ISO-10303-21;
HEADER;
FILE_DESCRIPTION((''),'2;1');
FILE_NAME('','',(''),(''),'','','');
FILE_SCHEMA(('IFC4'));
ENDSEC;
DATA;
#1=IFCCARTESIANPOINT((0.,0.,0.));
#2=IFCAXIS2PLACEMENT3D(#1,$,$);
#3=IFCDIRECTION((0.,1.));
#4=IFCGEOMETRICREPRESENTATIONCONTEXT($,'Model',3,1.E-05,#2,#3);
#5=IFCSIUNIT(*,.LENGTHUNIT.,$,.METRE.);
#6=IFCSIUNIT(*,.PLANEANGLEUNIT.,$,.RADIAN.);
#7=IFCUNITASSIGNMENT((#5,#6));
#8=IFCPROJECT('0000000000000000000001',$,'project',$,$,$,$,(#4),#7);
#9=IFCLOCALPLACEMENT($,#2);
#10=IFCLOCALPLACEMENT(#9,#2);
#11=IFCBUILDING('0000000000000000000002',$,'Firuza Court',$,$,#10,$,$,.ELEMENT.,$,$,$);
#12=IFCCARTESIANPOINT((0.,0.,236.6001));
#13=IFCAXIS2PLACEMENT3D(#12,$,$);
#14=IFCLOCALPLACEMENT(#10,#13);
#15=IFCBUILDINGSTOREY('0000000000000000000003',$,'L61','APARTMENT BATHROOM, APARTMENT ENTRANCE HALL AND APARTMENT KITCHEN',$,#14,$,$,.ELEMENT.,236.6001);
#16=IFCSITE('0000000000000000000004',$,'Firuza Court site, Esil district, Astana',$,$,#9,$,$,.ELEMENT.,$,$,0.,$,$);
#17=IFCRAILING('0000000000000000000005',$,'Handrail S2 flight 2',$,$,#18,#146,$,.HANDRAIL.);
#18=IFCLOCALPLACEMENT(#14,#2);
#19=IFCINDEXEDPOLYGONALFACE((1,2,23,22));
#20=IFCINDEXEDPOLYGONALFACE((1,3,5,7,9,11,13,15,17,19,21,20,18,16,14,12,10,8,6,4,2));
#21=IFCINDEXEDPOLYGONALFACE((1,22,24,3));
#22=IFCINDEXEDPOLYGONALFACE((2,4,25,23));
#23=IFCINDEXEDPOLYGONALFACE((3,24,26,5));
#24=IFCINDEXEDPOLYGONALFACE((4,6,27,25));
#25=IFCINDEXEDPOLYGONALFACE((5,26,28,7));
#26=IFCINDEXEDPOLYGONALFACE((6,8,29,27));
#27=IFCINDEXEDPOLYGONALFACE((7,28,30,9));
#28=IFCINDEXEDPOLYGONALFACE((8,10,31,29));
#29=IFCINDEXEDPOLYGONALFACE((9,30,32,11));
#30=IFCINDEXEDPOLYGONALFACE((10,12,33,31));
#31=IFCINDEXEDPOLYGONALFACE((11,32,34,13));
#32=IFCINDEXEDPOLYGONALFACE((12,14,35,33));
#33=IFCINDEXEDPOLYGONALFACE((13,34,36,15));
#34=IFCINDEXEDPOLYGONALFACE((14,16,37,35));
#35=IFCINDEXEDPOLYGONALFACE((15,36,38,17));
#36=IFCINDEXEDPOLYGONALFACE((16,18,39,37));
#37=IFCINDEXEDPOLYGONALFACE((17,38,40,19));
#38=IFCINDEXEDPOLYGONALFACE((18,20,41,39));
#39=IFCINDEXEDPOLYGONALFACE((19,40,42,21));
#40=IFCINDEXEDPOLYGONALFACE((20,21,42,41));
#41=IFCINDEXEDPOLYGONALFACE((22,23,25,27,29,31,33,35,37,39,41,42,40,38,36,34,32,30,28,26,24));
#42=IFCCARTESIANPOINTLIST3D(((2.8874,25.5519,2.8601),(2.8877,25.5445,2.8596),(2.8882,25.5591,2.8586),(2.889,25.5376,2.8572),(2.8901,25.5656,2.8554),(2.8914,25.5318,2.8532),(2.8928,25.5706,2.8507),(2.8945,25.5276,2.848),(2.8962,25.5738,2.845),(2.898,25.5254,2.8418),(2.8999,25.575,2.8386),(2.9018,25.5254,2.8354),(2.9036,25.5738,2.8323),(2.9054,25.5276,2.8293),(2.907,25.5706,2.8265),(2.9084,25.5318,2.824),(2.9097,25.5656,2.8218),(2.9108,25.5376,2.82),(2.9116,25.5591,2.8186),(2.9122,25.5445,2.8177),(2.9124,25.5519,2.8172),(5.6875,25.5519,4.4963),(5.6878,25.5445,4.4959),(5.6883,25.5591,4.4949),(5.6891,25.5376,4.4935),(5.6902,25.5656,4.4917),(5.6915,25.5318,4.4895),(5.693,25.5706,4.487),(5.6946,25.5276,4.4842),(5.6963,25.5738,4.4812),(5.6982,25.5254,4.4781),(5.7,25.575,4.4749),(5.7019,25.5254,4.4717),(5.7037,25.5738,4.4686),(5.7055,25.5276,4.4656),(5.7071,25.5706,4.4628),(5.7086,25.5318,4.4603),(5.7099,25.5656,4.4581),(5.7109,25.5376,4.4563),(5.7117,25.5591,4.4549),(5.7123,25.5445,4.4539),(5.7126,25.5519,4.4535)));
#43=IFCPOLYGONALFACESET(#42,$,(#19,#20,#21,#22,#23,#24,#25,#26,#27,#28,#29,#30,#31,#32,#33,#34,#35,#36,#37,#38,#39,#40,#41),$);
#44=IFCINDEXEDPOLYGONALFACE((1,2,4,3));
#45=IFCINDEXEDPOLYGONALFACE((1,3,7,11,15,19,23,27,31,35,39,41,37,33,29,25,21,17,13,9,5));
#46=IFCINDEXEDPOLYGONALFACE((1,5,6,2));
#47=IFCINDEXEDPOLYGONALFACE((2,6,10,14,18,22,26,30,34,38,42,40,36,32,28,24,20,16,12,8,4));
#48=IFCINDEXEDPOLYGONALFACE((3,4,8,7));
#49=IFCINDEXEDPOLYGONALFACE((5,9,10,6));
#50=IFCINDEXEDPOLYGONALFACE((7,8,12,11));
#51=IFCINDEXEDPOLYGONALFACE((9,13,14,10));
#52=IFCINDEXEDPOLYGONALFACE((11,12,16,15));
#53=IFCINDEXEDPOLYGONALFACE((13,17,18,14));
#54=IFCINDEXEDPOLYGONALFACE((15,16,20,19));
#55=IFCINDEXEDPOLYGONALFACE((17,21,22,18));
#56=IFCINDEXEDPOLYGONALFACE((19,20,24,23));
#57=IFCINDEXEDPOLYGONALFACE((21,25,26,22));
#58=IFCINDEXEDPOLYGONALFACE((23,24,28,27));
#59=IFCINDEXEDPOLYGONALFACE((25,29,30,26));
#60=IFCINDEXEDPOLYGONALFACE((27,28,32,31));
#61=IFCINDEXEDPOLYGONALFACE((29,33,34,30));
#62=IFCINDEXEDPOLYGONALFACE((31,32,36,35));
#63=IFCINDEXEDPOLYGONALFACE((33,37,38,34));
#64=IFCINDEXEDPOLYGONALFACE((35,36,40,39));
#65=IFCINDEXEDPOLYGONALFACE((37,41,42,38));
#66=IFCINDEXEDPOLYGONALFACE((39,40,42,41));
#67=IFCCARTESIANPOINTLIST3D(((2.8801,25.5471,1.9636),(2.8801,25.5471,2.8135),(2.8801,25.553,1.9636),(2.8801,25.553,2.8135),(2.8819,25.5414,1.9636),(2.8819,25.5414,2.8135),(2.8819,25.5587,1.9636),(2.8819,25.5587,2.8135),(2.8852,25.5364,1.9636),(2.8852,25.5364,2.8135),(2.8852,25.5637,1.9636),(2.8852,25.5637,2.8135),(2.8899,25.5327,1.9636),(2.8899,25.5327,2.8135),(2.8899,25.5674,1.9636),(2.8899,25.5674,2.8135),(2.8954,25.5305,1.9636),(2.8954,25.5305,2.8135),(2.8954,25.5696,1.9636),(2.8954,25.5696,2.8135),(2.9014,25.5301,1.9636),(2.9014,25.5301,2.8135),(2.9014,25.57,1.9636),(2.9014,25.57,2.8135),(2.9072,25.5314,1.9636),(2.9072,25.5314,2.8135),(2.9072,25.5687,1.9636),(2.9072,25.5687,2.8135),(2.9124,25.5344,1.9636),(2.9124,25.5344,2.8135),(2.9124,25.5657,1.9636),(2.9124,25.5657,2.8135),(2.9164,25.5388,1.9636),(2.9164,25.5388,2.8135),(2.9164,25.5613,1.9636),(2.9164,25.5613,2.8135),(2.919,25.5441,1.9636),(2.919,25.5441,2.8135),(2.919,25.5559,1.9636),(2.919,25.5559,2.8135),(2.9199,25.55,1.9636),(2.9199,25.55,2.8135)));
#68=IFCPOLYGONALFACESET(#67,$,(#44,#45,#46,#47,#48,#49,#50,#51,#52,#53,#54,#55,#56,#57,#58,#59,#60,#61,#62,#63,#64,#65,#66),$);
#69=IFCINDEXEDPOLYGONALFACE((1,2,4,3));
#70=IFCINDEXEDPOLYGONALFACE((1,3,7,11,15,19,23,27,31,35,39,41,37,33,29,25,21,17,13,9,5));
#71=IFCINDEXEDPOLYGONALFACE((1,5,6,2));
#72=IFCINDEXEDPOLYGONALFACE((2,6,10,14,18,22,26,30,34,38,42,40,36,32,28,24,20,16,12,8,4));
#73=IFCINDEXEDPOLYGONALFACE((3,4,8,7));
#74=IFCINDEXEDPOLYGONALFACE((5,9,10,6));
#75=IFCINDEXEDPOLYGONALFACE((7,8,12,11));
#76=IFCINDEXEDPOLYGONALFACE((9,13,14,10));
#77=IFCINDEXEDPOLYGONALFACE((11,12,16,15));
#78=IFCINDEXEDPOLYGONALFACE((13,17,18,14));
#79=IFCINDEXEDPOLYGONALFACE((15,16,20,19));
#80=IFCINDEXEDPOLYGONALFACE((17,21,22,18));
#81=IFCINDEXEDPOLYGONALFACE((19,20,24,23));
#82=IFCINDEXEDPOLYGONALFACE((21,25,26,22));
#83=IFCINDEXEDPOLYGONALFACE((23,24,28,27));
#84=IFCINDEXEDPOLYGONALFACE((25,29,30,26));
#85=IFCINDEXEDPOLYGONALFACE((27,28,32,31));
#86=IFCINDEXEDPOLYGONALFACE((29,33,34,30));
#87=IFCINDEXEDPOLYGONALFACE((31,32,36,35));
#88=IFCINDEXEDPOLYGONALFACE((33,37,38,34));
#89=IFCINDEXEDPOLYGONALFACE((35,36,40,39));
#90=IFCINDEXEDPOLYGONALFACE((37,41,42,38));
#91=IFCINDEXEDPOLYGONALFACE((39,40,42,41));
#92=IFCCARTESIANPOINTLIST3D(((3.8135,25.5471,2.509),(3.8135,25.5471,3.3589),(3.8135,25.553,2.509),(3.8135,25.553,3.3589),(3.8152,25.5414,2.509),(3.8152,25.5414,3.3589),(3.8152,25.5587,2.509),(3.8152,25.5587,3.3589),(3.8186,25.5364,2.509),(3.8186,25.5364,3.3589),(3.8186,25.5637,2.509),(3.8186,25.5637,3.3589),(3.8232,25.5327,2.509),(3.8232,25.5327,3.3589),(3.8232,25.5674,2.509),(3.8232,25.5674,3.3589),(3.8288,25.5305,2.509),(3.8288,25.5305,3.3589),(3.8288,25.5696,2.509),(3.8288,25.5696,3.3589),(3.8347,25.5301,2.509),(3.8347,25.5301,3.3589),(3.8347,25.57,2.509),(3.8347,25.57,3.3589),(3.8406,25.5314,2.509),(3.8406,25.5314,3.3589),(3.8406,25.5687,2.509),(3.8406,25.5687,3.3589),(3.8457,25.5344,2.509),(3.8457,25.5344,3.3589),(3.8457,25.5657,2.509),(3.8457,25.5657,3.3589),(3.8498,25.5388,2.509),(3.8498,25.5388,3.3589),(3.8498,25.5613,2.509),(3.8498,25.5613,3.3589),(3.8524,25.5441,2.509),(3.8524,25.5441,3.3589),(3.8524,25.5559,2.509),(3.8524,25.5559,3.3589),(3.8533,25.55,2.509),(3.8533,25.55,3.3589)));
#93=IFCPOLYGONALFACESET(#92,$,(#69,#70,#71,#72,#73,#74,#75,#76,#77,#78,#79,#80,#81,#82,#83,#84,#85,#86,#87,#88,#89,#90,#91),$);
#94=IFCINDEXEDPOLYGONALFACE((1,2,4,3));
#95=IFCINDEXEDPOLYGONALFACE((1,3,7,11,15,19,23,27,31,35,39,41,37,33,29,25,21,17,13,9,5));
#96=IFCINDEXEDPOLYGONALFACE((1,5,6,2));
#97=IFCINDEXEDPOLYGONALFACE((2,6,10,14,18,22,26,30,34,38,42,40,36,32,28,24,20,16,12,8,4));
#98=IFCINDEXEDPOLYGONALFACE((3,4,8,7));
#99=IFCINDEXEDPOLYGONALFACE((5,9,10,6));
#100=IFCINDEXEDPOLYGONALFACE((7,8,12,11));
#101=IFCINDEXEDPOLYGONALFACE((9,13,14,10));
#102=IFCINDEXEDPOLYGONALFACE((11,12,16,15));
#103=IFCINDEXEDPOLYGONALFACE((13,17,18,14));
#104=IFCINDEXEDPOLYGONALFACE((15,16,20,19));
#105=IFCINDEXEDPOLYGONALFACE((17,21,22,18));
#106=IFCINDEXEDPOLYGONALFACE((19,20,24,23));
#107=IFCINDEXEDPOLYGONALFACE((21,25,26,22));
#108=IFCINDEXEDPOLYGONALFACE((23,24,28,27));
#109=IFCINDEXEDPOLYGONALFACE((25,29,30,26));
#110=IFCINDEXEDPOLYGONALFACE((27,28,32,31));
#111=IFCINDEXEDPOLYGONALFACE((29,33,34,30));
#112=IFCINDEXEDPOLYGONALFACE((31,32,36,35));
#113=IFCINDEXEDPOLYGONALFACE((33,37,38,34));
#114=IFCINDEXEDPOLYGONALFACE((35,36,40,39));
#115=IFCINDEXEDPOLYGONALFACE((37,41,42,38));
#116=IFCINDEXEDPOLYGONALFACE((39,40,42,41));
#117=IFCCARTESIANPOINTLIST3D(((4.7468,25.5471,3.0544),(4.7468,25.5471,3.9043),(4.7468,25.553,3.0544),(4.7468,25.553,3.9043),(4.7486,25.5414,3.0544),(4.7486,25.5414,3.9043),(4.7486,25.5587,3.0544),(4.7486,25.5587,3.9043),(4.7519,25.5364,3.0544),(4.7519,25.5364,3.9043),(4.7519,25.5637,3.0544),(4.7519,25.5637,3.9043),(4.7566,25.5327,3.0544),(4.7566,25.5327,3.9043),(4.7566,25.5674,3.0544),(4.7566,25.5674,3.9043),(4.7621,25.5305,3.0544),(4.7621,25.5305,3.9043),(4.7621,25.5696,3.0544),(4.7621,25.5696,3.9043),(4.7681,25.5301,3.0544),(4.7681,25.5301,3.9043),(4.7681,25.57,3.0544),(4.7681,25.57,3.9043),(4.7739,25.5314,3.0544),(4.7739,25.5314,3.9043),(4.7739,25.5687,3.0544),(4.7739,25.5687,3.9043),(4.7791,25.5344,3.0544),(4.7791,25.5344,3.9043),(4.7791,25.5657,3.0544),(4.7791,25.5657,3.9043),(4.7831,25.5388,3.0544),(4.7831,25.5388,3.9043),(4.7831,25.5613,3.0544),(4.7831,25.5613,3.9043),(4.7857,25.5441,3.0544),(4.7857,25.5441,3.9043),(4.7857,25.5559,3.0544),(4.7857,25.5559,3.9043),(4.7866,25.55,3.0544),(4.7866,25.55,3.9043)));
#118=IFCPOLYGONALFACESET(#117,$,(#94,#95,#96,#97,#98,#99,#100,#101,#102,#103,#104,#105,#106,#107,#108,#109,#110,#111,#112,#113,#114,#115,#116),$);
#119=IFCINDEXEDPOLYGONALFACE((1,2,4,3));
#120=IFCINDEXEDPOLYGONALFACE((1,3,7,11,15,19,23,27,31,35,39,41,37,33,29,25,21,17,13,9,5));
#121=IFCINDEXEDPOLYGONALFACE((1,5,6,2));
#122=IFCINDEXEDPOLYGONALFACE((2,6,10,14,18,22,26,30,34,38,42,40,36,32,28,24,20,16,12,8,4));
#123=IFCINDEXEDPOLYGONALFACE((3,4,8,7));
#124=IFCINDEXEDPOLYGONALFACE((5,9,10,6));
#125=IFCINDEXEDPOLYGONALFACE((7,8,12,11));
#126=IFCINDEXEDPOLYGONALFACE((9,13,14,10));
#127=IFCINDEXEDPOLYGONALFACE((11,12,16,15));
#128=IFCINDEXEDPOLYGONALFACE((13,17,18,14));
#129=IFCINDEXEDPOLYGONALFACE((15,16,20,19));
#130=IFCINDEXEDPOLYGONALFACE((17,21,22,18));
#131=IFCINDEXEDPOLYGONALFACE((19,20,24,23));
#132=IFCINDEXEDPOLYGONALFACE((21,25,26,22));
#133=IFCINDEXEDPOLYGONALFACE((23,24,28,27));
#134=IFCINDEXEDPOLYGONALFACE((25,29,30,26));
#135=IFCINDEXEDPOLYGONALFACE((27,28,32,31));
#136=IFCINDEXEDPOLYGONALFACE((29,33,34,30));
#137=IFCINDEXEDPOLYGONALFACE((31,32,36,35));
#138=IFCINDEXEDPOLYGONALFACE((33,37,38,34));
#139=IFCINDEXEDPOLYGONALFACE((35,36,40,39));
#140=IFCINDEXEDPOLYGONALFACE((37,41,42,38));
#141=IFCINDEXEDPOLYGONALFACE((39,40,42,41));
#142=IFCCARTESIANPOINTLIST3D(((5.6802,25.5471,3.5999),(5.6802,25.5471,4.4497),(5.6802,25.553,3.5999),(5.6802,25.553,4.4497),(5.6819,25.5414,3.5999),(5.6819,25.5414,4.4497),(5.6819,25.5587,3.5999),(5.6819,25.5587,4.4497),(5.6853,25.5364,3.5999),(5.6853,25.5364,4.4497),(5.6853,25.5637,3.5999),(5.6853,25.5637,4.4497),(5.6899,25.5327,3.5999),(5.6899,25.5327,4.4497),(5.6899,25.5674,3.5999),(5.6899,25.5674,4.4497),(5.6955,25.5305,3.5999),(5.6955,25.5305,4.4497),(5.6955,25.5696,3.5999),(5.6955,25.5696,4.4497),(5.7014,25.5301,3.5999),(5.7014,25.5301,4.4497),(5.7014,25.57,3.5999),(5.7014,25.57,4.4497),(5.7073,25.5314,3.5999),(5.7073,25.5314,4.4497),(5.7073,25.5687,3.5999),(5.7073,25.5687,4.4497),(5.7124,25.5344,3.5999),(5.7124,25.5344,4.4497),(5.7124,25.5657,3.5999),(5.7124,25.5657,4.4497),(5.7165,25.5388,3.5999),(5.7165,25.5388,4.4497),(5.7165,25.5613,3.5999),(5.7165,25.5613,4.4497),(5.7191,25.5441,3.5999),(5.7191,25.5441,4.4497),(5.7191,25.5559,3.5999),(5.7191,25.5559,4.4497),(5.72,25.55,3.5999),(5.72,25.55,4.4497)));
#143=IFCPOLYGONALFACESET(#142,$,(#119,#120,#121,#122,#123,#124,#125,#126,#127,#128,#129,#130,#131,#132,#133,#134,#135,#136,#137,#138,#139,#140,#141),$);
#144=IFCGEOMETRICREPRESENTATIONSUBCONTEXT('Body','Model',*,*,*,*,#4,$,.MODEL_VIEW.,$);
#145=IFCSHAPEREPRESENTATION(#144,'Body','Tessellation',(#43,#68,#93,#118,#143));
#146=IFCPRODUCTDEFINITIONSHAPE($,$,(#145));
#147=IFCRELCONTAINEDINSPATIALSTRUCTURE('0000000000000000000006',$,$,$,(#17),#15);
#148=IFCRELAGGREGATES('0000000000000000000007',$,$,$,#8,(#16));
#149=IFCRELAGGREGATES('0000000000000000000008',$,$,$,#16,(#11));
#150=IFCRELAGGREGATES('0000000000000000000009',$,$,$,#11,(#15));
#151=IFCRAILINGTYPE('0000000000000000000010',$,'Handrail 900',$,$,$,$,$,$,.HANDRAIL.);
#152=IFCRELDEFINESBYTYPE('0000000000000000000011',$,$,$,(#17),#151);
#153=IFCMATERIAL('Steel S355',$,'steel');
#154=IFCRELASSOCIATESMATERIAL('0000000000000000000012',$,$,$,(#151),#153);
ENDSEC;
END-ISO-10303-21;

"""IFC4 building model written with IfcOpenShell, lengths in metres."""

from ifc_helpers import new_model, si_unit, direction, frame, origin, origin_2d, place, context, subcontext, project, spatial, circle, extrude, material, type_object, element, save


model = new_model("IFC4")

# Units and contexts
model_context = context("Model", 3, precision=1e-05, world=origin(), true_north=direction((0.0, 1.0)))
body_context = subcontext(model_context, "Body", "Model", "MODEL_VIEW")
ifc_project = project(units=[si_unit("LENGTHUNIT", "METRE"), si_unit("PLANEANGLEUNIT", "RADIAN")], contexts=[model_context])

# Site, building, storey
site_placement = place(None, origin())
site = spatial("IfcSite", under=ifc_project, at=site_placement, Name="Firuza Court site, Esil district, Astana", CompositionType="ELEMENT", RefElevation=0.0)
building_placement = place(site_placement, origin())
building = spatial("IfcBuilding", under=site, at=building_placement, Name="Firuza Court", CompositionType="ELEMENT")
storey_placement = place(building_placement, frame((0.0, 0.0, 236.6001)))
storey = spatial("IfcBuildingStorey", under=building, at=storey_placement, Name="L61", Description="APARTMENT BATHROOM, APARTMENT ENTRANCE HALL AND APARTMENT KITCHEN", CompositionType="ELEMENT", Elevation=236.6001)

# Railing
ifc_material_1 = material(Name="Steel S355", Category="steel")
railing_type = type_object("IfcRailingType", Name="Handrail 900", PredefinedType="HANDRAIL", material=ifc_material_1)
railing_placement = place(storey_placement, frame((2.8999, 25.55, 1.9636)))
element("IfcRailing", 1, at=railing_placement, inside=storey, type_object=railing_type, Name="Handrail S2 flight 2", PredefinedType="HANDRAIL", context=body_context, shape_type="SweptSolid", body=[
    extrude(circle(Radius=0.0249, at=origin_2d()), frame((0.0, 0.0, 0.875), z_axis=(0.863394, 0.0, 0.504531), x_axis=(0.0, 1.0, 0.0)), (0.0, 0.0, 1.0), 3.2432),
    extrude(circle(Radius=0.02, at=origin_2d()), origin(), (0.0, 0.0, 1.0), 0.8499),
    extrude(circle(Radius=0.02, at=origin_2d()), frame((0.9333, 0.0, 0.5454)), (0.0, 0.0, 1.0), 0.8499),
    extrude(circle(Radius=0.02, at=origin_2d()), frame((1.8667, 0.0, 1.0908)), (0.0, 0.0, 1.0), 0.8499),
    extrude(circle(Radius=0.02, at=origin_2d()), frame((2.8, 0.0, 1.6362)), (0.0, 0.0, 1.0), 0.8499),
])

save(model, "model.ifc")
